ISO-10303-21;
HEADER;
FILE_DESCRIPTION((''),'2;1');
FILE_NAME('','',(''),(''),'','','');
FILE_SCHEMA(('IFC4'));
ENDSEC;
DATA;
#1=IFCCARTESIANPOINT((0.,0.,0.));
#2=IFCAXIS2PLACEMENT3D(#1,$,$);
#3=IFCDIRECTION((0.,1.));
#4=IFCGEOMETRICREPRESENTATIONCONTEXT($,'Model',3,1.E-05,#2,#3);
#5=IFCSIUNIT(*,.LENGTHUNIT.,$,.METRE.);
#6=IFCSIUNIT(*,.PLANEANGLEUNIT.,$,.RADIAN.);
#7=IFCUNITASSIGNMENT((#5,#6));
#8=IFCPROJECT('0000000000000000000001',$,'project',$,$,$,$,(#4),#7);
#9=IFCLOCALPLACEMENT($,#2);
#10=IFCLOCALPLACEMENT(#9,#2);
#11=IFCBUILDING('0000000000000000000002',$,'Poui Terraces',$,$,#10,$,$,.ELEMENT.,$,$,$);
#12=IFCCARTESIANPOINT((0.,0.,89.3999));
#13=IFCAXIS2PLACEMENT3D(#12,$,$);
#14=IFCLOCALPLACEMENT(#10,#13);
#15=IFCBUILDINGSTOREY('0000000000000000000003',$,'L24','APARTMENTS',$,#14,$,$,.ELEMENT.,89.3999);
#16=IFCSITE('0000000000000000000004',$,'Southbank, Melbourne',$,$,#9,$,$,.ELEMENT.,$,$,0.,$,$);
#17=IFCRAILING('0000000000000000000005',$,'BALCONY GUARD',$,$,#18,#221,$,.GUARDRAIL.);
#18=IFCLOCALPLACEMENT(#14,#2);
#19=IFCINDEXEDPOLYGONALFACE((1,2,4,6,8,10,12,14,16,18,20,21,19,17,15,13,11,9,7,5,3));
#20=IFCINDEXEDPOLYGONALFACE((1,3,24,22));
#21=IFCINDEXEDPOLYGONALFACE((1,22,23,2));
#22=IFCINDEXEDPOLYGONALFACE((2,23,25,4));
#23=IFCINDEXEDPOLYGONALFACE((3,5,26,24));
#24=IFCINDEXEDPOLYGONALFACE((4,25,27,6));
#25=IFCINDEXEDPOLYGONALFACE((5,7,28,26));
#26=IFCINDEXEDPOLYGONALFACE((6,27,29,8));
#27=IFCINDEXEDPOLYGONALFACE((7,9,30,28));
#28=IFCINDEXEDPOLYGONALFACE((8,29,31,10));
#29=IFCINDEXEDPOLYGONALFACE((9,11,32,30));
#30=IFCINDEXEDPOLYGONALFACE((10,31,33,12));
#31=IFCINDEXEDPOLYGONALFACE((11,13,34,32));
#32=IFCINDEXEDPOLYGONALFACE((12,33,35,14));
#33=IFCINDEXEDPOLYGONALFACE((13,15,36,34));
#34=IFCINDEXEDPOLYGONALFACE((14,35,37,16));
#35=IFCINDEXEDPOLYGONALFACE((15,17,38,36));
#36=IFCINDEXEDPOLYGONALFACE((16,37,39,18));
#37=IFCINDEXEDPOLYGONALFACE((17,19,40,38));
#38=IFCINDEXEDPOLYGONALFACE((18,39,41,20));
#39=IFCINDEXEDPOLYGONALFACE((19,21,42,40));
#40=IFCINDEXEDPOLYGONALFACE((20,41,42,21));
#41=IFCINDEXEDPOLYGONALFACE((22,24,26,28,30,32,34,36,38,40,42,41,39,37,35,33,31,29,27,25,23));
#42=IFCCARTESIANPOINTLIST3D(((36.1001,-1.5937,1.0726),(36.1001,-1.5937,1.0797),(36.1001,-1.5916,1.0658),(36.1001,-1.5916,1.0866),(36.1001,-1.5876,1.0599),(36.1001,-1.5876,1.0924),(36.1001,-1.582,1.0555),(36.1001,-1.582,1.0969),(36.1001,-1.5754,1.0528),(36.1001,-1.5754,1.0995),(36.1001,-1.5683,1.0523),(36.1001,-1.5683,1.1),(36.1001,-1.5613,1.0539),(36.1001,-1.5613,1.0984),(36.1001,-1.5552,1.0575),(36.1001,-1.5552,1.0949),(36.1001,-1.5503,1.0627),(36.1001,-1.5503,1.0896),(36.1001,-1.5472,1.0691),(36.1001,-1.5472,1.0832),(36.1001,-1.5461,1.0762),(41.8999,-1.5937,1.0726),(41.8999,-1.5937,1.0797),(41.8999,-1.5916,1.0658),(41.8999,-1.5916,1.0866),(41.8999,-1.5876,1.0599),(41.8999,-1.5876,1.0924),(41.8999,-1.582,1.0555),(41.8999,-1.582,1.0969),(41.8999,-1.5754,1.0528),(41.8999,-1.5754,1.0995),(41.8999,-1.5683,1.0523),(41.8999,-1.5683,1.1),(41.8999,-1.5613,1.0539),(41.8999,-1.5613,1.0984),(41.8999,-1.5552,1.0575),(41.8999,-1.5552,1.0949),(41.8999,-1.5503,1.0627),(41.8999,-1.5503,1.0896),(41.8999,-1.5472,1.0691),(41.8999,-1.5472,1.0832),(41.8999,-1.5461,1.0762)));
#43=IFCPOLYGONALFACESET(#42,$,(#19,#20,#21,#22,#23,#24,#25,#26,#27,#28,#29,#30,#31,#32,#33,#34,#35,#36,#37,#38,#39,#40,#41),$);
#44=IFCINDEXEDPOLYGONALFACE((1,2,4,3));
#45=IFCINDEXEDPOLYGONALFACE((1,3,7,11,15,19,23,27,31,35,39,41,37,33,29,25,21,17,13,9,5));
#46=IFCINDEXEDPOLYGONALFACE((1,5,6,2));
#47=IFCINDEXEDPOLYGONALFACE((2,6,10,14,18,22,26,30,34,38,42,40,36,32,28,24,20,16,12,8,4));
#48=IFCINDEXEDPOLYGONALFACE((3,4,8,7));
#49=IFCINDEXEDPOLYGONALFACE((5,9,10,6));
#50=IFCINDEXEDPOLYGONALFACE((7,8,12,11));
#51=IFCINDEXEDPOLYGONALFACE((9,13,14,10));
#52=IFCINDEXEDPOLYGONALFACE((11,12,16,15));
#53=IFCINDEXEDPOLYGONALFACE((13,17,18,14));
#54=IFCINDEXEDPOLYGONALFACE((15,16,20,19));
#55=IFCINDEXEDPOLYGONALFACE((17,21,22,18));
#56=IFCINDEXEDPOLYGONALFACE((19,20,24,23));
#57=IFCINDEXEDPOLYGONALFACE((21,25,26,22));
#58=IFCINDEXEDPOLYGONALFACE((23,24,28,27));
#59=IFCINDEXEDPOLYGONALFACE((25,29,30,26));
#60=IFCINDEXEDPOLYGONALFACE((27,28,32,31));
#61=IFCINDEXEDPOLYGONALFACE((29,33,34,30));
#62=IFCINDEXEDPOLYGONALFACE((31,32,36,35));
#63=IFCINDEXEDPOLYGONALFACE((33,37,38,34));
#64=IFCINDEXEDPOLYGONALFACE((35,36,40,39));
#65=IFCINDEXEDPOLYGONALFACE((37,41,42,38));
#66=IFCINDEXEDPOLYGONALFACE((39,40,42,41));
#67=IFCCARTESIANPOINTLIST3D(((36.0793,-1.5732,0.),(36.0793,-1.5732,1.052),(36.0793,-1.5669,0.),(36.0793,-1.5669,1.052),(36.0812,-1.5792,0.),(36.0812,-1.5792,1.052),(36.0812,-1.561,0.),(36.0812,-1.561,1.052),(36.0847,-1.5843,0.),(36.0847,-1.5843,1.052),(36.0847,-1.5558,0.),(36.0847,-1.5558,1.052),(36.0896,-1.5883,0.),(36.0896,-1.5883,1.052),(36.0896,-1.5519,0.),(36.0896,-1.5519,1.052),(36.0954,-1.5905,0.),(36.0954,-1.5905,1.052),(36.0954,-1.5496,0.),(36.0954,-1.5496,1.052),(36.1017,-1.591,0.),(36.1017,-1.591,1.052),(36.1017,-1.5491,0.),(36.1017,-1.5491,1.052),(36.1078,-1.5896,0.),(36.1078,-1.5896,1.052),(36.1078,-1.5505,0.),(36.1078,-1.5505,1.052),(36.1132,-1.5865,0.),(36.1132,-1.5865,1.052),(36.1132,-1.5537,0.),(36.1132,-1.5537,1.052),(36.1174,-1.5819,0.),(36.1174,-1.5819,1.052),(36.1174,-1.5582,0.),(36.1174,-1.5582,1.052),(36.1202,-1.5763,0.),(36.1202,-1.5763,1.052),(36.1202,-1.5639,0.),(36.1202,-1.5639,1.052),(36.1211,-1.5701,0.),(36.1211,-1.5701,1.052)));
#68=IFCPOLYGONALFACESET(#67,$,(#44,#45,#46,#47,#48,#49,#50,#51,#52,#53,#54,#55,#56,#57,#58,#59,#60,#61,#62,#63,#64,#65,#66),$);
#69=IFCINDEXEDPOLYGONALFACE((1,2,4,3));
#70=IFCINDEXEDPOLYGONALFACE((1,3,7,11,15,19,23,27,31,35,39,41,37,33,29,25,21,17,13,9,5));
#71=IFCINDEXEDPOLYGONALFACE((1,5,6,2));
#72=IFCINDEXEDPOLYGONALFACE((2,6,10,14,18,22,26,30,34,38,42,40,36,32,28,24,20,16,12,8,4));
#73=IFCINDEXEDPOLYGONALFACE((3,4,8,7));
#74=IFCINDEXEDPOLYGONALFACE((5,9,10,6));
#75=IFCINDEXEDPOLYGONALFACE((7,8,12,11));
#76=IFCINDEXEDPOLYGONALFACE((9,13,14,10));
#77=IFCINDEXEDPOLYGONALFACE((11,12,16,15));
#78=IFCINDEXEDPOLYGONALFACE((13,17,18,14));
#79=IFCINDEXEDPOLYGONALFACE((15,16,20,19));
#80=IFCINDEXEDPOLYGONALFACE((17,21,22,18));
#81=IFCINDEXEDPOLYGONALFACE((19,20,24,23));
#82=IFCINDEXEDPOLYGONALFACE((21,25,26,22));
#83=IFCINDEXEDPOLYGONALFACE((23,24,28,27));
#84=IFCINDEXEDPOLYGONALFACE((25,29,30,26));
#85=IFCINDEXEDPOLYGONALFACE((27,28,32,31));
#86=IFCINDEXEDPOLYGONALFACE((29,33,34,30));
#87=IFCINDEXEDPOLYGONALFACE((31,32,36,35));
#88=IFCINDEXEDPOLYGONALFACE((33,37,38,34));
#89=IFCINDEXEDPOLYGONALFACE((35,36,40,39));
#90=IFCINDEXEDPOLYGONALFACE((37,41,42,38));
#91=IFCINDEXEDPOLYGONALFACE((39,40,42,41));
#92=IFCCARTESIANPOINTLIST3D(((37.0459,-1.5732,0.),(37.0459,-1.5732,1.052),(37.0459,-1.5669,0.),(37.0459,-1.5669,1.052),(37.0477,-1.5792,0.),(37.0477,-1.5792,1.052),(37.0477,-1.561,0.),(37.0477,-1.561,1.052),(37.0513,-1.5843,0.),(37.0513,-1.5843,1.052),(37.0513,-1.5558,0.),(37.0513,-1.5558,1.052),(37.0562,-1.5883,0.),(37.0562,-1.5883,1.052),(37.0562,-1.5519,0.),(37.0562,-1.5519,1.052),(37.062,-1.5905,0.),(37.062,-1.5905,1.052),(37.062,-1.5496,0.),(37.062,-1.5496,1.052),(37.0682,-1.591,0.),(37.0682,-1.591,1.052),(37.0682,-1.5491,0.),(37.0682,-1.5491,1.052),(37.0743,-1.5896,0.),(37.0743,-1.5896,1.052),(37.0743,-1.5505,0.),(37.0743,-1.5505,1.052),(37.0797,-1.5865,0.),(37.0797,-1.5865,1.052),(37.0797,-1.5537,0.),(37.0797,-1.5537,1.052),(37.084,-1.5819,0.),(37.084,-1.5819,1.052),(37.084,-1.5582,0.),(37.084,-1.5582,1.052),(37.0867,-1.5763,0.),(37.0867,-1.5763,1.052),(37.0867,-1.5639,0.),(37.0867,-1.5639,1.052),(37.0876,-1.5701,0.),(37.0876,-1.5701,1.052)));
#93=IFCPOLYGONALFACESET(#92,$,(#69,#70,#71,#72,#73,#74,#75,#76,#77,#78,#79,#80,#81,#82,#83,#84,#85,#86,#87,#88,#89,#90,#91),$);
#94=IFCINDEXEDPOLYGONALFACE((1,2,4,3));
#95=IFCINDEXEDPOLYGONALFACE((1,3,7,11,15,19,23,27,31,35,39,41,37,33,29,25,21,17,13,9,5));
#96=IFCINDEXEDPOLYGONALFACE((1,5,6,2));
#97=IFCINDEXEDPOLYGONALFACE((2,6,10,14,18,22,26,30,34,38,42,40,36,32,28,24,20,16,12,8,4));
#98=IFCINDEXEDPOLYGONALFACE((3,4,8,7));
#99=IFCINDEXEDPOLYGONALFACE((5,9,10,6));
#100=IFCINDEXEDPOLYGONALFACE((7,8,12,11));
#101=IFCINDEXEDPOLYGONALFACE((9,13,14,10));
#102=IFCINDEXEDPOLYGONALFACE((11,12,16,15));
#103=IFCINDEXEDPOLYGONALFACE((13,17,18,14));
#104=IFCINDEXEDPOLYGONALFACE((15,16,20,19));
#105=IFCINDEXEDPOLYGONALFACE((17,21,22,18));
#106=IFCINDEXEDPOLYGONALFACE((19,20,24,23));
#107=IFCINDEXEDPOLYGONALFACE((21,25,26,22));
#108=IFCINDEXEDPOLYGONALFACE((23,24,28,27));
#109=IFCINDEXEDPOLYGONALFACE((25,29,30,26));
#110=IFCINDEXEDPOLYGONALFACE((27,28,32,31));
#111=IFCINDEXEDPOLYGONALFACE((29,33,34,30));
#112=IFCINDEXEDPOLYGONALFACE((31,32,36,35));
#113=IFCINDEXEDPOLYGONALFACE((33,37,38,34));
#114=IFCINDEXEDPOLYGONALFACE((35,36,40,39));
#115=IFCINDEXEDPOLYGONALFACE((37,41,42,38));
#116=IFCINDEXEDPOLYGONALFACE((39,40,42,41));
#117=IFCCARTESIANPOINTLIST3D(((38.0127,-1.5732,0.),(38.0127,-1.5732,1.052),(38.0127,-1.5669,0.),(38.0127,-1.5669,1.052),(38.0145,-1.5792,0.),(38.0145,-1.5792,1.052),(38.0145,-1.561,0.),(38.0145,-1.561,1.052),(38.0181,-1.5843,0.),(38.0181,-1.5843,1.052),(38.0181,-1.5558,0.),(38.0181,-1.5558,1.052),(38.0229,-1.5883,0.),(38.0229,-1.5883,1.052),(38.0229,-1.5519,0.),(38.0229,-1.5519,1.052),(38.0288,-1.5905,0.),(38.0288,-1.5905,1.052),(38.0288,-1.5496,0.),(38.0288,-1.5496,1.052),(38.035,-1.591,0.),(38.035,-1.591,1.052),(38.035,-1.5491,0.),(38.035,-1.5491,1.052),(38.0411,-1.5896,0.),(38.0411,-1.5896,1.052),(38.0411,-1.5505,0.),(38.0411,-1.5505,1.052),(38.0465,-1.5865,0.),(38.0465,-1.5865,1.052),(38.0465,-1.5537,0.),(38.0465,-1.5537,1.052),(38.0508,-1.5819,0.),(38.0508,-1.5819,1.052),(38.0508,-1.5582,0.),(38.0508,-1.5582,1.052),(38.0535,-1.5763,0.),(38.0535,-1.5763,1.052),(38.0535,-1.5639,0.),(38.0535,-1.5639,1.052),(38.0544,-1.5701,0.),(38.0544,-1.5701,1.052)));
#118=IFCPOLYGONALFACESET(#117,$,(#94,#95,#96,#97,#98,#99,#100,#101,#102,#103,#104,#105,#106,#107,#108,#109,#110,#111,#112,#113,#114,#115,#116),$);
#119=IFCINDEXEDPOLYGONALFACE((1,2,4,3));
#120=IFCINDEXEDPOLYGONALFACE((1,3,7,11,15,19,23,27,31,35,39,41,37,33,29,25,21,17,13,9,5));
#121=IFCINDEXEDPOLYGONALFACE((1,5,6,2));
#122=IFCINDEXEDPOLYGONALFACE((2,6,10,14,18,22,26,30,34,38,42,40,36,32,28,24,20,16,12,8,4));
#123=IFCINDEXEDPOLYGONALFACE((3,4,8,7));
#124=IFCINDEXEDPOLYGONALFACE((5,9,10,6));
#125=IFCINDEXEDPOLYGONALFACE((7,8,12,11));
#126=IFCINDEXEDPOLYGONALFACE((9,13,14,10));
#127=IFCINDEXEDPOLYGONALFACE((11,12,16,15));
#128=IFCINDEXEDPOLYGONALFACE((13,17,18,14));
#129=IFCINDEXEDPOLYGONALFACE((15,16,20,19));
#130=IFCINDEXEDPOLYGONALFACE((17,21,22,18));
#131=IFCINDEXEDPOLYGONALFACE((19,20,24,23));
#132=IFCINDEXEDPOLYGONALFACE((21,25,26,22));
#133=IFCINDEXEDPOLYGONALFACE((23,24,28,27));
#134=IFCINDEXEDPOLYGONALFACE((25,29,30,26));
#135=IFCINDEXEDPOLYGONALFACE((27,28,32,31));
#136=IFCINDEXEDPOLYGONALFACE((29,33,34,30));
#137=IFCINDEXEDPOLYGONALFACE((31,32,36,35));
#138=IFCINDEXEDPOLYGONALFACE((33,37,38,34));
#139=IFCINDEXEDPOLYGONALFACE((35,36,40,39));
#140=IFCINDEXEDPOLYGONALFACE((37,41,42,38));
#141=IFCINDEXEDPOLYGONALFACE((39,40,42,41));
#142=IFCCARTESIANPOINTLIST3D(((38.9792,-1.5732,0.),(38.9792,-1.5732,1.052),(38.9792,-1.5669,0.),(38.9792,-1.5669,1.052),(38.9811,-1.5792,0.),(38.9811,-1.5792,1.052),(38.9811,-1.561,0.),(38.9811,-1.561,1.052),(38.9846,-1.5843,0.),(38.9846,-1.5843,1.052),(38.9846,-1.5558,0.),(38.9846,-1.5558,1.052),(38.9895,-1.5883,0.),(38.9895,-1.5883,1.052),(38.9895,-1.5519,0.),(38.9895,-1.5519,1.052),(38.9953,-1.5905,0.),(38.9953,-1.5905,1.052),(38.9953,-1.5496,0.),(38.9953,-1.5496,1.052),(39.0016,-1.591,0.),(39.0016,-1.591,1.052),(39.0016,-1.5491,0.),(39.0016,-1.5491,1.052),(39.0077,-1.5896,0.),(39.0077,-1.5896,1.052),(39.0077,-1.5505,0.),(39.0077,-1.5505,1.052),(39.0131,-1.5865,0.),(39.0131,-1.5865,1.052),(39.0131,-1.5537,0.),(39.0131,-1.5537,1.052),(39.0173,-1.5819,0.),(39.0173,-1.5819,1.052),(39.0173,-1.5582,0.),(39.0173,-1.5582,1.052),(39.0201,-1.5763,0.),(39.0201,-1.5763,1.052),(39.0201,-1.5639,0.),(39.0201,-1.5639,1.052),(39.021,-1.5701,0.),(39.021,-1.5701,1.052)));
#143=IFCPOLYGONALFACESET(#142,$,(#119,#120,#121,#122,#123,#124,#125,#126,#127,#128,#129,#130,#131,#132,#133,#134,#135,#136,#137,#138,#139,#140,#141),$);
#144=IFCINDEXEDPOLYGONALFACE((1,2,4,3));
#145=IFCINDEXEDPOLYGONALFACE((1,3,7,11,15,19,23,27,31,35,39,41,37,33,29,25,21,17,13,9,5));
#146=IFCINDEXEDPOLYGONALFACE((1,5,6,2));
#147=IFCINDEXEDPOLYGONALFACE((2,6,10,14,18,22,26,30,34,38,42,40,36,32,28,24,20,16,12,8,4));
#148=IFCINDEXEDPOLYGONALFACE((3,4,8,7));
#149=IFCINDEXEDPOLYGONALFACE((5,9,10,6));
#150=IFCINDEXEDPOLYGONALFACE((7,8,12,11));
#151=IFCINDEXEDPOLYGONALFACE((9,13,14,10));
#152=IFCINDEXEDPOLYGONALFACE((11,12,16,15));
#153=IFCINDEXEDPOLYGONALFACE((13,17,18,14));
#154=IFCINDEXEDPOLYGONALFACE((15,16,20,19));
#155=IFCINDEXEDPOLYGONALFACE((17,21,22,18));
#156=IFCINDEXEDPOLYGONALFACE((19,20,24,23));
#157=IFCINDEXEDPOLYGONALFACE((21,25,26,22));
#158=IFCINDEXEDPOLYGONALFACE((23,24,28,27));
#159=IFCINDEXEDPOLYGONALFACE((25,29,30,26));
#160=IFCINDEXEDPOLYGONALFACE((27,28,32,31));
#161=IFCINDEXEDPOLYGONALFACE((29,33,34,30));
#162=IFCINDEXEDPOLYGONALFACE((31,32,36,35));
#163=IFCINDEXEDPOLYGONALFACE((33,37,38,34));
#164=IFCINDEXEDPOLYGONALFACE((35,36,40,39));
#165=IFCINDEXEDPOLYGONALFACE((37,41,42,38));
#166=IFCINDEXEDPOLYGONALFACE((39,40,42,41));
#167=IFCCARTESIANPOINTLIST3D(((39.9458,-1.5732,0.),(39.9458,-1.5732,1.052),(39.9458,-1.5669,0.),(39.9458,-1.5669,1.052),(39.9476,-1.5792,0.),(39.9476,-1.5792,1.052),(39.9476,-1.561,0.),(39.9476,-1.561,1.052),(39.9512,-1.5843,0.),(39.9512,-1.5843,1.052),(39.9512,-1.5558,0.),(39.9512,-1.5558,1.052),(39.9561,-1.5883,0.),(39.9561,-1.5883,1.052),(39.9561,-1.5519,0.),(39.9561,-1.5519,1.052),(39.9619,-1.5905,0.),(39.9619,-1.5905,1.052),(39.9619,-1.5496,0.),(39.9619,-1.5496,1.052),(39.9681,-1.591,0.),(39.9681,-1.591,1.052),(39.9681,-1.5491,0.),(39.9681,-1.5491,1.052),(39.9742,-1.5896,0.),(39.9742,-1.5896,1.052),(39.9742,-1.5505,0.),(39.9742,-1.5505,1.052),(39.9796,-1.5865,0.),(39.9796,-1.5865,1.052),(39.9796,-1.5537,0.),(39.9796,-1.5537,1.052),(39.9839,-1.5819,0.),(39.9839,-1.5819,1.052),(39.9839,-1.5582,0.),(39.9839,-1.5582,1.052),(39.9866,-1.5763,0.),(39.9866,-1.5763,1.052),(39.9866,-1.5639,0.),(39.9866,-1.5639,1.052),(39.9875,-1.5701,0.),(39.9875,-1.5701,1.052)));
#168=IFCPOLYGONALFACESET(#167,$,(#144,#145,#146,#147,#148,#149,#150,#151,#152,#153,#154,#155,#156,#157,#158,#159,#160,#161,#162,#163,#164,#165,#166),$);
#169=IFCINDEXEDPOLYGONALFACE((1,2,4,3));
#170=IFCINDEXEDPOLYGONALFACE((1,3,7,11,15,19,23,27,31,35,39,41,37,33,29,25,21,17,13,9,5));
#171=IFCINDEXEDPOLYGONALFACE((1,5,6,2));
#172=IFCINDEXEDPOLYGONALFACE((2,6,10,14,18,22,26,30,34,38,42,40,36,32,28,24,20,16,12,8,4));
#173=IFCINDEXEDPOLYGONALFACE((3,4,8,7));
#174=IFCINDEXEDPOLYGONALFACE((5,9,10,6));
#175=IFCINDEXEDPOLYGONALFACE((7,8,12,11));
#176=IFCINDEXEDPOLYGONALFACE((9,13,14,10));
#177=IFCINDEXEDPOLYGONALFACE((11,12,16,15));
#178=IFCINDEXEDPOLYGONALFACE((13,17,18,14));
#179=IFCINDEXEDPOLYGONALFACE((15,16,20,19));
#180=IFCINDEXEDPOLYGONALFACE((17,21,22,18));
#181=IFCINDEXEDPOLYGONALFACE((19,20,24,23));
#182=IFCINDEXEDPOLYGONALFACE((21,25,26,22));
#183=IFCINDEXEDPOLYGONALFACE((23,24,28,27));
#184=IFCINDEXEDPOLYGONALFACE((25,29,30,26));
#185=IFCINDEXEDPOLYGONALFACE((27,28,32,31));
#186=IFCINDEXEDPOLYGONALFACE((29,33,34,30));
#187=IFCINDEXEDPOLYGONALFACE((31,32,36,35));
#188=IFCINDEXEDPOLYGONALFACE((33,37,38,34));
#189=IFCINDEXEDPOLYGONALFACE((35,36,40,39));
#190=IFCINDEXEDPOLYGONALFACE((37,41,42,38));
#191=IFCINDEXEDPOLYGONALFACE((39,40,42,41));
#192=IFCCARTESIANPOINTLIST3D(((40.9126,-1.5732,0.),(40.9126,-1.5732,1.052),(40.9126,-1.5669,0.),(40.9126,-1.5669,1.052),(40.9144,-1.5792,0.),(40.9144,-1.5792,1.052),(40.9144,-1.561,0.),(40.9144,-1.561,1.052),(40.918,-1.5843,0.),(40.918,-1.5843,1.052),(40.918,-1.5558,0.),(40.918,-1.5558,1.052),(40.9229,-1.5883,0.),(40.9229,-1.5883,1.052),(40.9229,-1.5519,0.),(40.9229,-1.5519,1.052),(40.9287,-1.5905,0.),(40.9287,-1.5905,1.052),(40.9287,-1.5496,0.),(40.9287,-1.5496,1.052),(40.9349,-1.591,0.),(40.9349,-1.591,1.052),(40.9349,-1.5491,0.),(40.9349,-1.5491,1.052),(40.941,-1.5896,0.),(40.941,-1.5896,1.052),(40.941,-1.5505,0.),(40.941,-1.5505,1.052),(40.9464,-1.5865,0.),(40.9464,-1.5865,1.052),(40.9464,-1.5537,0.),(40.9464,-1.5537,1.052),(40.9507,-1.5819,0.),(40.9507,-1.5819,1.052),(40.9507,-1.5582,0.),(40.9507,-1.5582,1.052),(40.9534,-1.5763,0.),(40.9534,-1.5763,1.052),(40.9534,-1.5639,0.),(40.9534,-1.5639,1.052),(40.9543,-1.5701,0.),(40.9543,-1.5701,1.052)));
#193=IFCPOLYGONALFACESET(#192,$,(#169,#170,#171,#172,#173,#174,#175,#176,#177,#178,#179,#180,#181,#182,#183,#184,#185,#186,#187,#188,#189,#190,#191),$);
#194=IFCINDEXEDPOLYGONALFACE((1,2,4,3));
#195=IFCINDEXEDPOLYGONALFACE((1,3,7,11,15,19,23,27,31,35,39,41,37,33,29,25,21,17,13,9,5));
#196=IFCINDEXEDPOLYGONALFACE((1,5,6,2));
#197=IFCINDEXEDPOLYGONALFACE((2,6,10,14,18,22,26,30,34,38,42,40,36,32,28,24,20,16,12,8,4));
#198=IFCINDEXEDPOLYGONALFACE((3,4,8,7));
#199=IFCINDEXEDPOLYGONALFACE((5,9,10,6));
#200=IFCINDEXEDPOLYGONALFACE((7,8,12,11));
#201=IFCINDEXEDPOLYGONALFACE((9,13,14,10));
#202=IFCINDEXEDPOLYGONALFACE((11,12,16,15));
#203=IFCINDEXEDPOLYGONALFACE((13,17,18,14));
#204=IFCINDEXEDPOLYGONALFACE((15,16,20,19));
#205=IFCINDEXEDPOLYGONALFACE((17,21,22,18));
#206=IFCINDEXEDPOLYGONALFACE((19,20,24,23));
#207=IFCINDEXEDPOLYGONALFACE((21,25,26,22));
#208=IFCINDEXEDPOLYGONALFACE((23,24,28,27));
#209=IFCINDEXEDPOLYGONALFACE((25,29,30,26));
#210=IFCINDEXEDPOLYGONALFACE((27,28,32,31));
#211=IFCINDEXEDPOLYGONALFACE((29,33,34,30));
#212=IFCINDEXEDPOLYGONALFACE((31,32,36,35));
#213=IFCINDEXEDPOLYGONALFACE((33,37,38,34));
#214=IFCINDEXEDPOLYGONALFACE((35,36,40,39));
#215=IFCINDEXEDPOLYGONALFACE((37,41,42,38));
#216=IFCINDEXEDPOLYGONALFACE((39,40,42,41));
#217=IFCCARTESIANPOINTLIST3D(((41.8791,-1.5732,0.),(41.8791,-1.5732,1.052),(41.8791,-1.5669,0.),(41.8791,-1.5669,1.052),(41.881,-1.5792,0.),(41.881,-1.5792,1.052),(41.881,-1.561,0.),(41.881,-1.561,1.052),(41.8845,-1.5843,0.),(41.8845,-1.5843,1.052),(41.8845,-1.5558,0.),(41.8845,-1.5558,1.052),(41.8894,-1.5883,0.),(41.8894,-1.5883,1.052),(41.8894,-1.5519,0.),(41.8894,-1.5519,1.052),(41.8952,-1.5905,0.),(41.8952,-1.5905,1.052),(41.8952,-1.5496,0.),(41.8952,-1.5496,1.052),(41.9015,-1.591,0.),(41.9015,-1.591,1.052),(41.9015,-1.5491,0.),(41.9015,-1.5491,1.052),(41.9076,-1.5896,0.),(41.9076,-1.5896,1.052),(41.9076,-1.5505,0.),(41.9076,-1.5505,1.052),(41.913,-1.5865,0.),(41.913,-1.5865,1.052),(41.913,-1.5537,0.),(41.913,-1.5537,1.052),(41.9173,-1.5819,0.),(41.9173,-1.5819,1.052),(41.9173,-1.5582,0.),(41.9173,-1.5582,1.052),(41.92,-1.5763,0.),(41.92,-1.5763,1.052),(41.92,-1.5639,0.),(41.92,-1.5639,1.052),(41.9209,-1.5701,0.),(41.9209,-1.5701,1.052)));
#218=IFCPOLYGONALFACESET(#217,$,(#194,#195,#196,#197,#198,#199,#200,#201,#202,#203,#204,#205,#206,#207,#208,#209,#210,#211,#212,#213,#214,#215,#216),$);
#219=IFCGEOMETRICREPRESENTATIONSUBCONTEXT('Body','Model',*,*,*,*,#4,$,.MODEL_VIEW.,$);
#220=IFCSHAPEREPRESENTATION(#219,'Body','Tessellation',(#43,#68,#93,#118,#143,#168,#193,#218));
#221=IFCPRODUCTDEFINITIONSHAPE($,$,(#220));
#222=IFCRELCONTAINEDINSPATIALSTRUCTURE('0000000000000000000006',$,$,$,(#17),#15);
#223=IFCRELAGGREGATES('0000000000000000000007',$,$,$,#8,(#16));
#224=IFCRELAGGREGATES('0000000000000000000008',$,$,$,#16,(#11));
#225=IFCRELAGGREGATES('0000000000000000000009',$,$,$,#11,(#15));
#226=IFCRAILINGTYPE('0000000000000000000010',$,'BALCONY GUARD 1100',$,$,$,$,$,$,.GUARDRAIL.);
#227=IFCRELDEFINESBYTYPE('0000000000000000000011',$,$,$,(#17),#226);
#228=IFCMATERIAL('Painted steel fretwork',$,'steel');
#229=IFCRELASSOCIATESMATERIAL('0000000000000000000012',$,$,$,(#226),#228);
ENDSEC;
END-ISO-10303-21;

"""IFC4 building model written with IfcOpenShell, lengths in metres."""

from ifc_helpers import new_model, si_unit, direction, frame, origin, origin_2d, place, context, subcontext, project, spatial, circle, extrude, material, type_object, element, save


model = new_model("IFC4")

# Units and contexts
model_context = context("Model", 3, precision=1e-05, world=origin(), true_north=direction((0.0, 1.0)))
body_context = subcontext(model_context, "Body", "Model", "MODEL_VIEW")
ifc_project = project(units=[si_unit("LENGTHUNIT", "METRE"), si_unit("PLANEANGLEUNIT", "RADIAN")], contexts=[model_context])

# Site, building, storey
site_placement = place(None, origin())
site = spatial("IfcSite", under=ifc_project, at=site_placement, Name="Southbank, Melbourne", CompositionType="ELEMENT", RefElevation=0.0)
building_placement = place(site_placement, origin())
building = spatial("IfcBuilding", under=site, at=building_placement, Name="Poui Terraces", CompositionType="ELEMENT")
storey_placement = place(building_placement, frame((0.0, 0.0, 89.3999)))
storey = spatial("IfcBuildingStorey", under=building, at=storey_placement, Name="L24", Description="APARTMENTS", CompositionType="ELEMENT", Elevation=89.3999)

# Railing
ifc_material_1 = material(Name="Painted steel fretwork", Category="steel")
railing_type = type_object("IfcRailingType", Name="BALCONY GUARD 1100", PredefinedType="GUARDRAIL", material=ifc_material_1)
railing_placement = place(storey_placement, frame((36.1001, -1.5701, 0.0)))
element("IfcRailing", 1, at=railing_placement, inside=storey, type_object=railing_type, Name="BALCONY GUARD", PredefinedType="GUARDRAIL", context=body_context, shape_type="SweptSolid", body=[
    extrude(circle(Radius=0.0239, at=origin_2d()), frame((0.0, 0.0, 1.0762), z_axis=(1.0, 0.0, 0.0), x_axis=(0.0, 1.0, 0.0)), (0.0, 0.0, 1.0), 5.7998),
    extrude(circle(Radius=0.021, at=origin_2d()), origin(), (0.0, 0.0, 1.0), 1.052),
    extrude(circle(Radius=0.021, at=origin_2d()), frame((0.9666, 0.0, 0.0)), (0.0, 0.0, 1.0), 1.052),
    extrude(circle(Radius=0.021, at=origin_2d()), frame((1.9333, 0.0, 0.0)), (0.0, 0.0, 1.0), 1.052),
    extrude(circle(Radius=0.021, at=origin_2d()), frame((2.8999, 0.0, 0.0)), (0.0, 0.0, 1.0), 1.052),
    extrude(circle(Radius=0.021, at=origin_2d()), frame((3.8665, 0.0, 0.0)), (0.0, 0.0, 1.0), 1.052),
    extrude(circle(Radius=0.021, at=origin_2d()), frame((4.8333, 0.0, 0.0)), (0.0, 0.0, 1.0), 1.052),
    extrude(circle(Radius=0.021, at=origin_2d()), frame((5.7998, 0.0, 0.0)), (0.0, 0.0, 1.0), 1.052),
])

save(model, "model.ifc")
